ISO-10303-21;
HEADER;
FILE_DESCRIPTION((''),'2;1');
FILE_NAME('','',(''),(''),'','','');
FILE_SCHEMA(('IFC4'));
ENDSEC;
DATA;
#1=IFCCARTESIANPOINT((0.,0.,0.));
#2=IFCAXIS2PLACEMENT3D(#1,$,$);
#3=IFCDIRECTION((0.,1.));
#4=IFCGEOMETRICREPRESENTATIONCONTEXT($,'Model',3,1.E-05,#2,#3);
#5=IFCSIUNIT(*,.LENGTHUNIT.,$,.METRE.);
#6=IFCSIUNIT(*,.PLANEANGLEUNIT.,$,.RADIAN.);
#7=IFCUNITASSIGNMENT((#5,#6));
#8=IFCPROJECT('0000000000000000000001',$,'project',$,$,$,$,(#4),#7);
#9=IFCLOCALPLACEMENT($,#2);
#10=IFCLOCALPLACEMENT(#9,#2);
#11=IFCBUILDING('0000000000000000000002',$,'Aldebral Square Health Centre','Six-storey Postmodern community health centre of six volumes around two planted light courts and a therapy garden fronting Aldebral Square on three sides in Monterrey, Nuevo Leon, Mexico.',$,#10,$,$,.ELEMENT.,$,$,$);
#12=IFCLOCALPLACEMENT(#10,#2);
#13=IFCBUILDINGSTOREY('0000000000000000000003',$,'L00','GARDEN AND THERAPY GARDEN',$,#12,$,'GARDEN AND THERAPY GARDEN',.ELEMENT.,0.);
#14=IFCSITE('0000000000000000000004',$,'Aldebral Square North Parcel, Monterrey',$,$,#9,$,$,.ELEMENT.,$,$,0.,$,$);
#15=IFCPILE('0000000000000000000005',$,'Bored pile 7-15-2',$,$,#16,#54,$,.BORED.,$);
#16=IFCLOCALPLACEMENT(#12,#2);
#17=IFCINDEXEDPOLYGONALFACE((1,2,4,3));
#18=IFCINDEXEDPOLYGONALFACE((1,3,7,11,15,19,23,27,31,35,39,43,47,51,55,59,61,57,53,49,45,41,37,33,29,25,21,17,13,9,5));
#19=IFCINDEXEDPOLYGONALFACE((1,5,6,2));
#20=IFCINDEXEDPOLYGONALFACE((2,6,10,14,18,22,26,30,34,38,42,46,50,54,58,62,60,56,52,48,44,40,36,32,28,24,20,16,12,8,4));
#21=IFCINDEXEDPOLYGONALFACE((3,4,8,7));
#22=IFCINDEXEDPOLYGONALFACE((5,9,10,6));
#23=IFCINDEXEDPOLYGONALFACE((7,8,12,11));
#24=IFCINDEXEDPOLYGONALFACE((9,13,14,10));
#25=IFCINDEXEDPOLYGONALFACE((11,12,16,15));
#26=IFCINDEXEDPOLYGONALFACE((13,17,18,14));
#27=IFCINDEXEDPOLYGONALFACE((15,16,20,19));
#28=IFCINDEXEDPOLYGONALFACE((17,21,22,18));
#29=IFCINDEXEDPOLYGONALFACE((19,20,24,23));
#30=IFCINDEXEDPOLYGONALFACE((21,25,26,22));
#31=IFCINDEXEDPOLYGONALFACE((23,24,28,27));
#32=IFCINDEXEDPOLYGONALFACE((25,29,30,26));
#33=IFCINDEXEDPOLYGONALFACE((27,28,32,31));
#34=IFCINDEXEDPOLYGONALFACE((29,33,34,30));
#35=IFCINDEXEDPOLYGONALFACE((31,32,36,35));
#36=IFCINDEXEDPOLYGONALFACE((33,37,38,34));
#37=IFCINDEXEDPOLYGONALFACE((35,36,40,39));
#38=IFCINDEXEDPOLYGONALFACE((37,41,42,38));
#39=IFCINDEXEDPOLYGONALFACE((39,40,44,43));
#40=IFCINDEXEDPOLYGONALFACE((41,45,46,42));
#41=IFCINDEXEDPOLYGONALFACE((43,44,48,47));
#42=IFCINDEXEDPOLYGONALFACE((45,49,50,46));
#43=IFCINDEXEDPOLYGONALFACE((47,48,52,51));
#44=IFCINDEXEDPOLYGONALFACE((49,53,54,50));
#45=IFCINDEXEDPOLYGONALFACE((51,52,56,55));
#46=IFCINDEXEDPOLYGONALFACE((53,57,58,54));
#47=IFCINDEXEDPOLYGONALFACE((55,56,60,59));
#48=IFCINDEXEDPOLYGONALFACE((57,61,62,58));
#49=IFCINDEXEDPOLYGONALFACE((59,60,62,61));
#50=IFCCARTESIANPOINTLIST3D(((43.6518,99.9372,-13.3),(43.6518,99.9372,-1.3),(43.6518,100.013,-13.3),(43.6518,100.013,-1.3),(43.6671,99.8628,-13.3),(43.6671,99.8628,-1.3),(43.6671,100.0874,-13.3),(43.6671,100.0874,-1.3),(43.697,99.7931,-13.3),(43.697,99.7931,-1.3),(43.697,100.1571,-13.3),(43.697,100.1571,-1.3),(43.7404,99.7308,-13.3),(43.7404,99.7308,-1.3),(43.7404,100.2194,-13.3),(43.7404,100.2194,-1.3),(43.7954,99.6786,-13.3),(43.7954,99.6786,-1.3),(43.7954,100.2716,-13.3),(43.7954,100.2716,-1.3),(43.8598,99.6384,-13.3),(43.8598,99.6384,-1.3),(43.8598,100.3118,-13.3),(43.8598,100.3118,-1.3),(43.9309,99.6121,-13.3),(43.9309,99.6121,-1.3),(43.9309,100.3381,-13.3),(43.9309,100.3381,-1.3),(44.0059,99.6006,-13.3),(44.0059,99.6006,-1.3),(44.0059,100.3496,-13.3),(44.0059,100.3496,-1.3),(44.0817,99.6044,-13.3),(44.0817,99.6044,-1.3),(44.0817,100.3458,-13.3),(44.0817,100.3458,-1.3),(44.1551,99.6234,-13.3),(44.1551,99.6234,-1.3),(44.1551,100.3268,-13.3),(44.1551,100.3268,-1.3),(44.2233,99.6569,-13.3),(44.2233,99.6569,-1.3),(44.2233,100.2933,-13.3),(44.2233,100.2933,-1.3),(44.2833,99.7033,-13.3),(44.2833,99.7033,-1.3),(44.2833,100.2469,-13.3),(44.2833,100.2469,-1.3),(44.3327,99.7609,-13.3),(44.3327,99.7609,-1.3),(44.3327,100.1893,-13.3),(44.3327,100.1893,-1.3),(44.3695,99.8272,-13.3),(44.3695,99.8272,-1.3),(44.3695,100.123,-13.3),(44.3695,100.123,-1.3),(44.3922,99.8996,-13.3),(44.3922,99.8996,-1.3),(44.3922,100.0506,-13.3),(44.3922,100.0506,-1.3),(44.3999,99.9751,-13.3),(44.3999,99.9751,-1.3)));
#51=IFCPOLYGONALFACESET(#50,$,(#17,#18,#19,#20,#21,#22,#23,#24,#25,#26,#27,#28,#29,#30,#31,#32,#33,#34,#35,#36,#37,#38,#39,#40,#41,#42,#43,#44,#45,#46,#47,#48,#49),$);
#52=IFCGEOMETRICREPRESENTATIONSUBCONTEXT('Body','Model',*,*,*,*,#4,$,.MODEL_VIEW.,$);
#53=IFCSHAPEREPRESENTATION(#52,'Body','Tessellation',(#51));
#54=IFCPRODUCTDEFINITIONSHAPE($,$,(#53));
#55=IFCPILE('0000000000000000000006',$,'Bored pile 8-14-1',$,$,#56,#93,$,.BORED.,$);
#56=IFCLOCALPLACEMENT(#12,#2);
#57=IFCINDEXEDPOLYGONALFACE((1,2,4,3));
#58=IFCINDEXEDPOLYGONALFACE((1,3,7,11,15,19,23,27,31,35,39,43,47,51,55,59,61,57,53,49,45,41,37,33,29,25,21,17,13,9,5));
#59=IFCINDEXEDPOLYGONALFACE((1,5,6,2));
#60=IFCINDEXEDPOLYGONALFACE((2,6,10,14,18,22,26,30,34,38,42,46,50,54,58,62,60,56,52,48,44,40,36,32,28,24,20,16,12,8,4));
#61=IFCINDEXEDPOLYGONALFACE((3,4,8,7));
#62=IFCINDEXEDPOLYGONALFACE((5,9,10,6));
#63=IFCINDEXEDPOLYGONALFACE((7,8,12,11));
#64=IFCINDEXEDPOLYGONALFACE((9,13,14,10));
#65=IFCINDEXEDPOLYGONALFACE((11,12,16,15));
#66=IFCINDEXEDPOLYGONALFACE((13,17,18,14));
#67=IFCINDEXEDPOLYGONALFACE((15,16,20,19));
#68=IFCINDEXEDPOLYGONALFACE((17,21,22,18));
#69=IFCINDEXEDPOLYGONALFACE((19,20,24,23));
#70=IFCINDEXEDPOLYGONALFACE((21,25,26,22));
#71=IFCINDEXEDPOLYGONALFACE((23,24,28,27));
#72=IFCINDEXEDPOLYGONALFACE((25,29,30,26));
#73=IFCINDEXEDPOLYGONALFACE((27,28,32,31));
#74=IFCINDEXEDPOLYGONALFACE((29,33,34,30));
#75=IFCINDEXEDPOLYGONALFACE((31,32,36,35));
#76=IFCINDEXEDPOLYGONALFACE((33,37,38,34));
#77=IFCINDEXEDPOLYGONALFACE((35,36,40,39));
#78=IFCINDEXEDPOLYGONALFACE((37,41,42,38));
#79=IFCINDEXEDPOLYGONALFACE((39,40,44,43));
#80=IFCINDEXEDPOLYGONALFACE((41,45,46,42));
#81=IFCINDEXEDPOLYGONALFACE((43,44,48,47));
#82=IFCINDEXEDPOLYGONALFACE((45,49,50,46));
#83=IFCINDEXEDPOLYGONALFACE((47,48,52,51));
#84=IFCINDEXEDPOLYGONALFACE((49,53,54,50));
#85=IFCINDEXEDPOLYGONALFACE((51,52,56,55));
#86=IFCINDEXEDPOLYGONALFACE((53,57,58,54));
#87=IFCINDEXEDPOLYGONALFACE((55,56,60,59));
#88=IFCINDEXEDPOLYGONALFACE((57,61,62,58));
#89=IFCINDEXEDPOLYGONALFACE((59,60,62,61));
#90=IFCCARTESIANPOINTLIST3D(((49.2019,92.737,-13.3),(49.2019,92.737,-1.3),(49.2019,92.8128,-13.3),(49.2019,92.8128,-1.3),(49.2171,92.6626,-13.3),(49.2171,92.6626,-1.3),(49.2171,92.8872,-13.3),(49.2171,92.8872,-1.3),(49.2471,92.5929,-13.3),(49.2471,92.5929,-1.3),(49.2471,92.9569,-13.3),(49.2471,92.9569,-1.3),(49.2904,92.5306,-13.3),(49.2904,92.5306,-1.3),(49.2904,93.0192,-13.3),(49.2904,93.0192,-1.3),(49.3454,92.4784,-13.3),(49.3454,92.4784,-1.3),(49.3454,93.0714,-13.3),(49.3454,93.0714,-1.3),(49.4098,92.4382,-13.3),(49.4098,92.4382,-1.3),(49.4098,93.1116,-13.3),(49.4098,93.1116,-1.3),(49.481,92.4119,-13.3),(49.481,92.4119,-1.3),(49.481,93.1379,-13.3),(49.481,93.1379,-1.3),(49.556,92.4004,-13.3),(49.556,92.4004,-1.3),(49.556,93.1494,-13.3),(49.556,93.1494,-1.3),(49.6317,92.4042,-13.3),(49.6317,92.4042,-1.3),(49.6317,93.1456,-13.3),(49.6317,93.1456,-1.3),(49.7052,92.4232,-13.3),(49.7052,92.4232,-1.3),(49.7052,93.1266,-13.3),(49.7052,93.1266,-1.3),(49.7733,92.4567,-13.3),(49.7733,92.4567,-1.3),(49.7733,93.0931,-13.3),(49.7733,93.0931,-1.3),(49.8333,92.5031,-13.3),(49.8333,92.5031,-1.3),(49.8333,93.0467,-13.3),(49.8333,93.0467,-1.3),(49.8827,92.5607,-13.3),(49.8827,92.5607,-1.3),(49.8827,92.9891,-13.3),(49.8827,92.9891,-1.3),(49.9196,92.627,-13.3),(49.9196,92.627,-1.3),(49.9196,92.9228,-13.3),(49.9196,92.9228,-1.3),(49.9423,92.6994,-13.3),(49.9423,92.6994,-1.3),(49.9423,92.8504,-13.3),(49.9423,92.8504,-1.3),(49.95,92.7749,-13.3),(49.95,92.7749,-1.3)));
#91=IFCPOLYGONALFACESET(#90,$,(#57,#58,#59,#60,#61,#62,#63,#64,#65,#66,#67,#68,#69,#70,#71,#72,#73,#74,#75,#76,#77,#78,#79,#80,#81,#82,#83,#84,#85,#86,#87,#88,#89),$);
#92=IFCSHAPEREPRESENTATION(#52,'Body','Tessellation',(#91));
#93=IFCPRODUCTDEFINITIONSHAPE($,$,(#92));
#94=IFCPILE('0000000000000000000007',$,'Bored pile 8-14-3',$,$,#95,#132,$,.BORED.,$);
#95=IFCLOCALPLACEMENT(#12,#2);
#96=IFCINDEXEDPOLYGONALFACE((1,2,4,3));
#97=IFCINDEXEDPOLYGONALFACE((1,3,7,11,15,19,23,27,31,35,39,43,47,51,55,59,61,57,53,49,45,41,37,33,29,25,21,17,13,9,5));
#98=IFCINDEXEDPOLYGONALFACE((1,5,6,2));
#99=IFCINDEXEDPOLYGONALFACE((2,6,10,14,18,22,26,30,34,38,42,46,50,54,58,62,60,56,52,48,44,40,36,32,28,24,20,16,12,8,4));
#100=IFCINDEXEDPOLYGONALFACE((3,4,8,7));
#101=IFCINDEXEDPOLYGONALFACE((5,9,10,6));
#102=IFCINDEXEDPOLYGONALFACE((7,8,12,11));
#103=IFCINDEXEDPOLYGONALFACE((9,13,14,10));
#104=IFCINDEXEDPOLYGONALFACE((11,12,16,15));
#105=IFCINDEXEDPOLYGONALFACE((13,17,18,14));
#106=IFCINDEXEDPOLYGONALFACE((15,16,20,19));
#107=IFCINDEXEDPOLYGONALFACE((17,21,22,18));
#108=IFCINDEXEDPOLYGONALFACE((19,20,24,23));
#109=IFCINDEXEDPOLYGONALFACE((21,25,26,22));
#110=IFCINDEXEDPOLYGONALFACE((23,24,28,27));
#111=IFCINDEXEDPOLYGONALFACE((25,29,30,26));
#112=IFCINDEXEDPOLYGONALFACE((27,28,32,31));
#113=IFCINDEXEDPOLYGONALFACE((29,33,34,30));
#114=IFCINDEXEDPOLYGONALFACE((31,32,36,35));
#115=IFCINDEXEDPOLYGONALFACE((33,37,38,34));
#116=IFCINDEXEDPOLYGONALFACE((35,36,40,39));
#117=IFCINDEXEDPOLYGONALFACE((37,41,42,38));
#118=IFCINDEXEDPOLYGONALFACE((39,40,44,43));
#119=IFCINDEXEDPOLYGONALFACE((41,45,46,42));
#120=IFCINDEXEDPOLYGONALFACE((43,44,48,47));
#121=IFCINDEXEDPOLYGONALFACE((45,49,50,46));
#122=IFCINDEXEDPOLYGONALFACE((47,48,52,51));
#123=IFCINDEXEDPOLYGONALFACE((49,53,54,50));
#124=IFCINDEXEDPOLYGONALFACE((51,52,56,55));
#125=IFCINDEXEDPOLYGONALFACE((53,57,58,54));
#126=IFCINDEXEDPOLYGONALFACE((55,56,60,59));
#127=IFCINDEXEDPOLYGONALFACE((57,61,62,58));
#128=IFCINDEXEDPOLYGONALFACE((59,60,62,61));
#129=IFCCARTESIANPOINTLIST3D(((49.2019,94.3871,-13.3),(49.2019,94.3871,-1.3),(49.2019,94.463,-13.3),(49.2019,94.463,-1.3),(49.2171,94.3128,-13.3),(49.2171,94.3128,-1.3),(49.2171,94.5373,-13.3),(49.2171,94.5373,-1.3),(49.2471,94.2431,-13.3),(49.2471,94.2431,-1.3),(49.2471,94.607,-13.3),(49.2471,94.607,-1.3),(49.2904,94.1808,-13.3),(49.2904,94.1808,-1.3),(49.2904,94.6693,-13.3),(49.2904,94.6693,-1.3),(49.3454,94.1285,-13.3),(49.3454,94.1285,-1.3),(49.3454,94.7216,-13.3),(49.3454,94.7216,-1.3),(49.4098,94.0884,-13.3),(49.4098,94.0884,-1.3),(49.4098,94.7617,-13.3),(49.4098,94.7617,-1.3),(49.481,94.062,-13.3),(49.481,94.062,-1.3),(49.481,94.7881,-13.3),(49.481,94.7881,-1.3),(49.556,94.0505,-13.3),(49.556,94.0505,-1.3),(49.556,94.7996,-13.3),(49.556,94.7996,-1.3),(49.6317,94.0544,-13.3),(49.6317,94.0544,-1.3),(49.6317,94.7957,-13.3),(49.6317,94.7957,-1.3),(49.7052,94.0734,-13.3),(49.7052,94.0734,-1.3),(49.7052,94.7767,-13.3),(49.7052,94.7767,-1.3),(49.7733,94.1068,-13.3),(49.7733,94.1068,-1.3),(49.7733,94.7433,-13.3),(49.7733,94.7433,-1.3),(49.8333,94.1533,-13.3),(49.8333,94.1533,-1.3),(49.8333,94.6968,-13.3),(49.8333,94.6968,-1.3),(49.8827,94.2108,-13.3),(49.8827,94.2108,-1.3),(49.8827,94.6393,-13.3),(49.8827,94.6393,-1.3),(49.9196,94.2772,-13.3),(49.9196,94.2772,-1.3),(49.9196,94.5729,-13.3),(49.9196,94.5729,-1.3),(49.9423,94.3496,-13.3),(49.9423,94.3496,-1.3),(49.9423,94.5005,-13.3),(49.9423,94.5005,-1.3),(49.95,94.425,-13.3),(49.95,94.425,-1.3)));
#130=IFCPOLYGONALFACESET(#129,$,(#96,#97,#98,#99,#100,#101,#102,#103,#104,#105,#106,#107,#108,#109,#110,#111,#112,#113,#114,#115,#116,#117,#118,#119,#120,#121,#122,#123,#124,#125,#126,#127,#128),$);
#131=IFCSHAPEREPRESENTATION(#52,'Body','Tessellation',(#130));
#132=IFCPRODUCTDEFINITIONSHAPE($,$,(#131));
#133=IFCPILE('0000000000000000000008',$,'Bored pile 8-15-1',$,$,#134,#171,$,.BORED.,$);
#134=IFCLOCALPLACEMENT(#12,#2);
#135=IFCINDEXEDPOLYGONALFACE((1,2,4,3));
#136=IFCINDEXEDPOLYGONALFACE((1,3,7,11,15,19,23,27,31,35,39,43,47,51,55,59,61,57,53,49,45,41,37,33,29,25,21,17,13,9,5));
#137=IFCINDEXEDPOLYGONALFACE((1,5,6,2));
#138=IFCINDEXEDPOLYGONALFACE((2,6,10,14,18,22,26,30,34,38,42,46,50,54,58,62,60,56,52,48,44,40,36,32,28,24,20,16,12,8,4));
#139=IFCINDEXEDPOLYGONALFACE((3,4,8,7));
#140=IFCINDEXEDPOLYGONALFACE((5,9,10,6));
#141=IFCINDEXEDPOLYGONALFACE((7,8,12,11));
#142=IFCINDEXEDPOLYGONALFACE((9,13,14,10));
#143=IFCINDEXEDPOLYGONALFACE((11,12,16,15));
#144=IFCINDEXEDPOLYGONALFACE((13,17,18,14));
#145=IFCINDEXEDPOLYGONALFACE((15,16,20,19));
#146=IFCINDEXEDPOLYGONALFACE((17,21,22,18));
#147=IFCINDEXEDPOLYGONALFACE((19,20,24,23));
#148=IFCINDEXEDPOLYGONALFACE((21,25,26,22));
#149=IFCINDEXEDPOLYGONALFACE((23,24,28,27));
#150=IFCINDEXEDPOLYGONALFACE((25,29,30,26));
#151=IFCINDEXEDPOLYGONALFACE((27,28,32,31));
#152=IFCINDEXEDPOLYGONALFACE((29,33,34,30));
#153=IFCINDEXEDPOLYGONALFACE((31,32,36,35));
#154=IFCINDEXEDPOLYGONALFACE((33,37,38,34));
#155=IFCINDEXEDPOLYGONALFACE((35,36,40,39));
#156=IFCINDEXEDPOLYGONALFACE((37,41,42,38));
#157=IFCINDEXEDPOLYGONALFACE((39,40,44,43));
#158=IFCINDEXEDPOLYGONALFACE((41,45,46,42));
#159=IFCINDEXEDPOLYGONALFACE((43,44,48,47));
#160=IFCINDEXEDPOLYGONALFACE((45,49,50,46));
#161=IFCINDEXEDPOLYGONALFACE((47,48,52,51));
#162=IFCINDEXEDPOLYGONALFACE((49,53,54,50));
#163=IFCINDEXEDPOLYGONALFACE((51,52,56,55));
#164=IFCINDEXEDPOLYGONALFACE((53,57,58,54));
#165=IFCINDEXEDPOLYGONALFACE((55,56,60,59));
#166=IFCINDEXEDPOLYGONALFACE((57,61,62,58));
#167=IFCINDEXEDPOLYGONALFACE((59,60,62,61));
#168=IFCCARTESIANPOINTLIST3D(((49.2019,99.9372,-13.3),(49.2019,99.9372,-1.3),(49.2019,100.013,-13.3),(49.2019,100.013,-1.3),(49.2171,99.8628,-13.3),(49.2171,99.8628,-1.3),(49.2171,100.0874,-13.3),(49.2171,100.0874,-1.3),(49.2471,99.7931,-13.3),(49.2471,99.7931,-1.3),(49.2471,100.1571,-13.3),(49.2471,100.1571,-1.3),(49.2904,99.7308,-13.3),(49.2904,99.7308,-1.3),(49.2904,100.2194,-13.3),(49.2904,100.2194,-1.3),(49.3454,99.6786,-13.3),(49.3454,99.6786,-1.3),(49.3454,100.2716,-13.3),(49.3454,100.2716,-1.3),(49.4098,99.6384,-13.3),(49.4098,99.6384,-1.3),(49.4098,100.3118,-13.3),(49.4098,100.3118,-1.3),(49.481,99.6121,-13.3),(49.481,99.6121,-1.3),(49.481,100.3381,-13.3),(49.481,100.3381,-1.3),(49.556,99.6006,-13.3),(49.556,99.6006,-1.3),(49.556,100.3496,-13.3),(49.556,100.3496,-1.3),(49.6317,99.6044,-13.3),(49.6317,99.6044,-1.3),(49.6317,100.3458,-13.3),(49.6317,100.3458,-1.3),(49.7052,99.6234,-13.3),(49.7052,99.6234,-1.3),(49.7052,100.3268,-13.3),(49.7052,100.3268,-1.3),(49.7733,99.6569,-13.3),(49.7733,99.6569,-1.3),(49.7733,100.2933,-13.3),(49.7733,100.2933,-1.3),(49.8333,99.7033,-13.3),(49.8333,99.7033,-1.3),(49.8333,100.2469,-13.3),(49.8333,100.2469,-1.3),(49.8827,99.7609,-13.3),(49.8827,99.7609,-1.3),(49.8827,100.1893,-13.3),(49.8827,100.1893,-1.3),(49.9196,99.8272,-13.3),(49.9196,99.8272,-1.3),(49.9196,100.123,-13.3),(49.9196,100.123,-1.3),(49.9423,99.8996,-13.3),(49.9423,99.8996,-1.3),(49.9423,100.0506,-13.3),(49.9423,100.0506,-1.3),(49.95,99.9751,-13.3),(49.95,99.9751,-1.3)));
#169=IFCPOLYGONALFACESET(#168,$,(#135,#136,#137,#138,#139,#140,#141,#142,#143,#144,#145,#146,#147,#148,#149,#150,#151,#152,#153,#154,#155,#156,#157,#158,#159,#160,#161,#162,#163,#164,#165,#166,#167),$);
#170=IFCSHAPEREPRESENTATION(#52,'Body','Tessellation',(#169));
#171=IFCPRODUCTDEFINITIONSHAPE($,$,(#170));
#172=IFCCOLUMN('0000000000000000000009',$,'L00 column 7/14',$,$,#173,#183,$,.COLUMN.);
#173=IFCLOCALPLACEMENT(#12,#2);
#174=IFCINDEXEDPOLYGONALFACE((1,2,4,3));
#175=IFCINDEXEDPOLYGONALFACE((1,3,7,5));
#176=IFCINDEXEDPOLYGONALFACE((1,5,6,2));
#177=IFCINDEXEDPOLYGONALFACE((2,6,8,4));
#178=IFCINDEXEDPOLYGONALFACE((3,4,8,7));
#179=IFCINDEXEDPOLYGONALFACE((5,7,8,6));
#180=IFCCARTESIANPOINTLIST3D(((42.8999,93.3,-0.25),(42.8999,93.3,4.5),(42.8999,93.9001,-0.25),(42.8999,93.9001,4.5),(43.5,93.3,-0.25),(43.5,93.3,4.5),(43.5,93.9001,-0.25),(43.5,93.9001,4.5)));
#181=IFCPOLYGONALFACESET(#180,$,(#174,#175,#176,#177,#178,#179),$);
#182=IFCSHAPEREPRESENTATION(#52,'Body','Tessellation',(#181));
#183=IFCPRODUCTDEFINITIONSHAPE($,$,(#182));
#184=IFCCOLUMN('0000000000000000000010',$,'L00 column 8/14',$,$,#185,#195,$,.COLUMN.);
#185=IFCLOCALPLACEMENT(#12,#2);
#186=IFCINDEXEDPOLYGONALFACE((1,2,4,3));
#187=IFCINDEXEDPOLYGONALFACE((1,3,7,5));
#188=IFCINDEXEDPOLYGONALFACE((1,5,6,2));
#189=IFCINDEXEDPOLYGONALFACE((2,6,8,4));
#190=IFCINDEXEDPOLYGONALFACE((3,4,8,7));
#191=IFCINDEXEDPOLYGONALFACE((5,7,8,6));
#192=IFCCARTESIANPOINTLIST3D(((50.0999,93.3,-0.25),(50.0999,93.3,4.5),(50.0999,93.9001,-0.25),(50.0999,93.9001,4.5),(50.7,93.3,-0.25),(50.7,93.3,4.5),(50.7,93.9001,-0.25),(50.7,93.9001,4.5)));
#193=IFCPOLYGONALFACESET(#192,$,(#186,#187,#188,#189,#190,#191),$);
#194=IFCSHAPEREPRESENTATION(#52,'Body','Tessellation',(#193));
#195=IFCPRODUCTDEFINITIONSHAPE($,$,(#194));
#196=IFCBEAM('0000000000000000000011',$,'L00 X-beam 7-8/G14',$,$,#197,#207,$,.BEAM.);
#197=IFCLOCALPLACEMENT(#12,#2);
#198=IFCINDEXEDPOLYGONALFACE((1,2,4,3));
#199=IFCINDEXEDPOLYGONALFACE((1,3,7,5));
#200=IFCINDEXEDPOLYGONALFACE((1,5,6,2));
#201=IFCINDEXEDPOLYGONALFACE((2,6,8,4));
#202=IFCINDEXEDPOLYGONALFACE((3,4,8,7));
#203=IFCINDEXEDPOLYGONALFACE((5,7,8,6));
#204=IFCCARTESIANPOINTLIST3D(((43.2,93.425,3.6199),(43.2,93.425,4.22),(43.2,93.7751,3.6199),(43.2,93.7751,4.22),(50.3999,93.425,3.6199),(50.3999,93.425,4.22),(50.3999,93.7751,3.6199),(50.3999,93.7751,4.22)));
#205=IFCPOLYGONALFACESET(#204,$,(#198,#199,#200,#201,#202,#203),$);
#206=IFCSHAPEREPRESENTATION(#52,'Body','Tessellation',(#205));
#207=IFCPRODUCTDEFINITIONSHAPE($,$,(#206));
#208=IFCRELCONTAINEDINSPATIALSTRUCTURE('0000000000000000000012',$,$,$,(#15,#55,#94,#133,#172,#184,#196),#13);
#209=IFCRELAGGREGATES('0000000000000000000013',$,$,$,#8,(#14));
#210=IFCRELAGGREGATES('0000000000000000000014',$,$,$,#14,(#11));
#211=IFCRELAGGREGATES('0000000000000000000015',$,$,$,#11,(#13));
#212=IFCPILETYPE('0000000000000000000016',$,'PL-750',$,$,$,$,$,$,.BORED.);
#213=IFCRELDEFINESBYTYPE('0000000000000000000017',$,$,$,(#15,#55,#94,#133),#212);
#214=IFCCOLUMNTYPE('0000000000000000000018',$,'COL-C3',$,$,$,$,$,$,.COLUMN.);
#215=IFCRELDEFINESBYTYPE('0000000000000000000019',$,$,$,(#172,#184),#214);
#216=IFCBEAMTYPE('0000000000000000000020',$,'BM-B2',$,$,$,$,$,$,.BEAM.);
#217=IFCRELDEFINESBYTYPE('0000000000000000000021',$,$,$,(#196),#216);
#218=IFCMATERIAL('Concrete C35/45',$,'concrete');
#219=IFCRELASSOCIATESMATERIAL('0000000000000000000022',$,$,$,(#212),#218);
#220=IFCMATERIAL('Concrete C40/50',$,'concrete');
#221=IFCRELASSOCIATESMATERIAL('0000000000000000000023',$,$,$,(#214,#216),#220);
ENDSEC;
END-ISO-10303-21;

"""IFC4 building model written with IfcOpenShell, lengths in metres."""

from ifc_helpers import new_model, si_unit, direction, frame, origin, origin_2d, place, context, subcontext, project, spatial, rectangle, circle, extrude, material, material_profile, profile_set, type_object, element, save


model = new_model("IFC4")

# Units and contexts
model_context = context("Model", 3, precision=1e-05, world=origin(), true_north=direction((0.0, 1.0)))
body_context = subcontext(model_context, "Body", "Model", "MODEL_VIEW")
ifc_project = project(units=[si_unit("LENGTHUNIT", "METRE"), si_unit("PLANEANGLEUNIT", "RADIAN")], contexts=[model_context])

# Site, building, storey
site_placement = place(None, origin())
site = spatial("IfcSite", under=ifc_project, at=site_placement, Name="Aldebral Square North Parcel, Monterrey", CompositionType="ELEMENT", RefElevation=0.0)
building_placement = place(site_placement, origin())
building = spatial("IfcBuilding", under=site, at=building_placement, Name="Aldebral Square Health Centre", Description="Six-storey Postmodern community health centre of six volumes around two planted light courts and a therapy garden fronting Aldebral Square on three sides in Monterrey, Nuevo Leon, Mexico.", CompositionType="ELEMENT")
storey_placement = place(building_placement, origin())
storey = spatial("IfcBuildingStorey", under=building, at=storey_placement, Name="L00", Description="GARDEN AND THERAPY GARDEN", LongName="GARDEN AND THERAPY GARDEN", CompositionType="ELEMENT", Elevation=0.0)

# Shared definitions
ifc_material_1 = material(Name="Concrete C35/45", Category="concrete")

# Piles
ifc_material_profile_1 = material_profile(ifc_material_1, circle(Radius=0.375, at=origin_2d()), Name="PILE D750")
ifc_profile_set_1 = profile_set([ifc_material_profile_1], Name="Concrete C35/45")
pile_type = type_object("IfcPileType", Name="PL-750", PredefinedType="BORED", material=ifc_profile_set_1)
for number, where, z_axis, x_axis, name in (
    (1, (44.0249, 99.9751, -1.3), (0.0, 0.0, -1.0), (1.0, 0.0, 0.0), "Bored pile 7-15-2"),
    (2, (49.575, 92.7749, -1.3), (0.0, 0.0, -1.0), (1.0, 0.0, 0.0), "Bored pile 8-14-1"),
    (3, (49.575, 94.425, -1.3), (0.0, 0.0, -1.0), (1.0, 0.0, 0.0), "Bored pile 8-14-3"),
    (4, (49.575, 99.9751, -1.3), (0.0, 0.0, -1.0), (1.0, 0.0, 0.0), "Bored pile 8-15-1"),
):
    element("IfcPile", number, at=place(storey_placement, frame(where, z_axis=z_axis, x_axis=x_axis)), inside=storey, type_object=pile_type, Name=name, PredefinedType="BORED", context=body_context, shape_type="SweptSolid", body=[
        extrude(circle(Radius=0.375, at=origin_2d()), origin(), (0.0, 0.0, 1.0), 12.0),
    ])

# Columns
ifc_material_2 = material(Name="Concrete C40/50", Category="concrete")
ifc_material_profile_2 = material_profile(ifc_material_2, rectangle(XDim=0.6001, YDim=0.6001, at=origin_2d()), Name="RC 600x600")
ifc_profile_set_2 = profile_set([ifc_material_profile_2], Name="Concrete C40/50")
column_type = type_object("IfcColumnType", Name="COL-C3", PredefinedType="COLUMN", material=ifc_profile_set_2)
for number, where, z_axis, x_axis, name in (
    (5, (43.2, 93.6001, -0.25), (0.0, 0.0, 1.0), (1.0, 0.0, 0.0), "L00 column 7/14"),
    (6, (50.3999, 93.6001, -0.25), (0.0, 0.0, 1.0), (1.0, 0.0, 0.0), "L00 column 8/14"),
):
    element("IfcColumn", number, at=place(storey_placement, frame(where, z_axis=z_axis, x_axis=x_axis)), inside=storey, type_object=column_type, Name=name, PredefinedType="COLUMN", context=body_context, shape_type="SweptSolid", body=[
        extrude(rectangle(XDim=0.6001, YDim=0.6001, at=origin_2d()), origin(), (0.0, 0.0, 1.0), 4.75),
    ])

# Beam
ifc_material_profile_3 = material_profile(ifc_material_2, rectangle(XDim=0.3501, YDim=0.6001, at=origin_2d()), Name="RC 350x600")
ifc_profile_set_3 = profile_set([ifc_material_profile_3], Name="Concrete C40/50")
beam_type_1 = type_object("IfcBeamType", Name="BM-B2", PredefinedType="BEAM", material=ifc_profile_set_3)
beam_1_placement = place(storey_placement, frame((43.2, 93.6001, 3.9199), z_axis=(1.0, 0.0, 0.0), x_axis=(0.0, 1.0, 0.0)))
element("IfcBeam", 7, at=beam_1_placement, inside=storey, type_object=beam_type_1, Name="L00 X-beam 7-8/G14", PredefinedType="BEAM", context=body_context, shape_type="SweptSolid", body=[
    extrude(rectangle(XDim=0.3501, YDim=0.6001, at=origin_2d()), origin(), (0.0, 0.0, 1.0), 7.2),
])

save(model, "model.ifc")
